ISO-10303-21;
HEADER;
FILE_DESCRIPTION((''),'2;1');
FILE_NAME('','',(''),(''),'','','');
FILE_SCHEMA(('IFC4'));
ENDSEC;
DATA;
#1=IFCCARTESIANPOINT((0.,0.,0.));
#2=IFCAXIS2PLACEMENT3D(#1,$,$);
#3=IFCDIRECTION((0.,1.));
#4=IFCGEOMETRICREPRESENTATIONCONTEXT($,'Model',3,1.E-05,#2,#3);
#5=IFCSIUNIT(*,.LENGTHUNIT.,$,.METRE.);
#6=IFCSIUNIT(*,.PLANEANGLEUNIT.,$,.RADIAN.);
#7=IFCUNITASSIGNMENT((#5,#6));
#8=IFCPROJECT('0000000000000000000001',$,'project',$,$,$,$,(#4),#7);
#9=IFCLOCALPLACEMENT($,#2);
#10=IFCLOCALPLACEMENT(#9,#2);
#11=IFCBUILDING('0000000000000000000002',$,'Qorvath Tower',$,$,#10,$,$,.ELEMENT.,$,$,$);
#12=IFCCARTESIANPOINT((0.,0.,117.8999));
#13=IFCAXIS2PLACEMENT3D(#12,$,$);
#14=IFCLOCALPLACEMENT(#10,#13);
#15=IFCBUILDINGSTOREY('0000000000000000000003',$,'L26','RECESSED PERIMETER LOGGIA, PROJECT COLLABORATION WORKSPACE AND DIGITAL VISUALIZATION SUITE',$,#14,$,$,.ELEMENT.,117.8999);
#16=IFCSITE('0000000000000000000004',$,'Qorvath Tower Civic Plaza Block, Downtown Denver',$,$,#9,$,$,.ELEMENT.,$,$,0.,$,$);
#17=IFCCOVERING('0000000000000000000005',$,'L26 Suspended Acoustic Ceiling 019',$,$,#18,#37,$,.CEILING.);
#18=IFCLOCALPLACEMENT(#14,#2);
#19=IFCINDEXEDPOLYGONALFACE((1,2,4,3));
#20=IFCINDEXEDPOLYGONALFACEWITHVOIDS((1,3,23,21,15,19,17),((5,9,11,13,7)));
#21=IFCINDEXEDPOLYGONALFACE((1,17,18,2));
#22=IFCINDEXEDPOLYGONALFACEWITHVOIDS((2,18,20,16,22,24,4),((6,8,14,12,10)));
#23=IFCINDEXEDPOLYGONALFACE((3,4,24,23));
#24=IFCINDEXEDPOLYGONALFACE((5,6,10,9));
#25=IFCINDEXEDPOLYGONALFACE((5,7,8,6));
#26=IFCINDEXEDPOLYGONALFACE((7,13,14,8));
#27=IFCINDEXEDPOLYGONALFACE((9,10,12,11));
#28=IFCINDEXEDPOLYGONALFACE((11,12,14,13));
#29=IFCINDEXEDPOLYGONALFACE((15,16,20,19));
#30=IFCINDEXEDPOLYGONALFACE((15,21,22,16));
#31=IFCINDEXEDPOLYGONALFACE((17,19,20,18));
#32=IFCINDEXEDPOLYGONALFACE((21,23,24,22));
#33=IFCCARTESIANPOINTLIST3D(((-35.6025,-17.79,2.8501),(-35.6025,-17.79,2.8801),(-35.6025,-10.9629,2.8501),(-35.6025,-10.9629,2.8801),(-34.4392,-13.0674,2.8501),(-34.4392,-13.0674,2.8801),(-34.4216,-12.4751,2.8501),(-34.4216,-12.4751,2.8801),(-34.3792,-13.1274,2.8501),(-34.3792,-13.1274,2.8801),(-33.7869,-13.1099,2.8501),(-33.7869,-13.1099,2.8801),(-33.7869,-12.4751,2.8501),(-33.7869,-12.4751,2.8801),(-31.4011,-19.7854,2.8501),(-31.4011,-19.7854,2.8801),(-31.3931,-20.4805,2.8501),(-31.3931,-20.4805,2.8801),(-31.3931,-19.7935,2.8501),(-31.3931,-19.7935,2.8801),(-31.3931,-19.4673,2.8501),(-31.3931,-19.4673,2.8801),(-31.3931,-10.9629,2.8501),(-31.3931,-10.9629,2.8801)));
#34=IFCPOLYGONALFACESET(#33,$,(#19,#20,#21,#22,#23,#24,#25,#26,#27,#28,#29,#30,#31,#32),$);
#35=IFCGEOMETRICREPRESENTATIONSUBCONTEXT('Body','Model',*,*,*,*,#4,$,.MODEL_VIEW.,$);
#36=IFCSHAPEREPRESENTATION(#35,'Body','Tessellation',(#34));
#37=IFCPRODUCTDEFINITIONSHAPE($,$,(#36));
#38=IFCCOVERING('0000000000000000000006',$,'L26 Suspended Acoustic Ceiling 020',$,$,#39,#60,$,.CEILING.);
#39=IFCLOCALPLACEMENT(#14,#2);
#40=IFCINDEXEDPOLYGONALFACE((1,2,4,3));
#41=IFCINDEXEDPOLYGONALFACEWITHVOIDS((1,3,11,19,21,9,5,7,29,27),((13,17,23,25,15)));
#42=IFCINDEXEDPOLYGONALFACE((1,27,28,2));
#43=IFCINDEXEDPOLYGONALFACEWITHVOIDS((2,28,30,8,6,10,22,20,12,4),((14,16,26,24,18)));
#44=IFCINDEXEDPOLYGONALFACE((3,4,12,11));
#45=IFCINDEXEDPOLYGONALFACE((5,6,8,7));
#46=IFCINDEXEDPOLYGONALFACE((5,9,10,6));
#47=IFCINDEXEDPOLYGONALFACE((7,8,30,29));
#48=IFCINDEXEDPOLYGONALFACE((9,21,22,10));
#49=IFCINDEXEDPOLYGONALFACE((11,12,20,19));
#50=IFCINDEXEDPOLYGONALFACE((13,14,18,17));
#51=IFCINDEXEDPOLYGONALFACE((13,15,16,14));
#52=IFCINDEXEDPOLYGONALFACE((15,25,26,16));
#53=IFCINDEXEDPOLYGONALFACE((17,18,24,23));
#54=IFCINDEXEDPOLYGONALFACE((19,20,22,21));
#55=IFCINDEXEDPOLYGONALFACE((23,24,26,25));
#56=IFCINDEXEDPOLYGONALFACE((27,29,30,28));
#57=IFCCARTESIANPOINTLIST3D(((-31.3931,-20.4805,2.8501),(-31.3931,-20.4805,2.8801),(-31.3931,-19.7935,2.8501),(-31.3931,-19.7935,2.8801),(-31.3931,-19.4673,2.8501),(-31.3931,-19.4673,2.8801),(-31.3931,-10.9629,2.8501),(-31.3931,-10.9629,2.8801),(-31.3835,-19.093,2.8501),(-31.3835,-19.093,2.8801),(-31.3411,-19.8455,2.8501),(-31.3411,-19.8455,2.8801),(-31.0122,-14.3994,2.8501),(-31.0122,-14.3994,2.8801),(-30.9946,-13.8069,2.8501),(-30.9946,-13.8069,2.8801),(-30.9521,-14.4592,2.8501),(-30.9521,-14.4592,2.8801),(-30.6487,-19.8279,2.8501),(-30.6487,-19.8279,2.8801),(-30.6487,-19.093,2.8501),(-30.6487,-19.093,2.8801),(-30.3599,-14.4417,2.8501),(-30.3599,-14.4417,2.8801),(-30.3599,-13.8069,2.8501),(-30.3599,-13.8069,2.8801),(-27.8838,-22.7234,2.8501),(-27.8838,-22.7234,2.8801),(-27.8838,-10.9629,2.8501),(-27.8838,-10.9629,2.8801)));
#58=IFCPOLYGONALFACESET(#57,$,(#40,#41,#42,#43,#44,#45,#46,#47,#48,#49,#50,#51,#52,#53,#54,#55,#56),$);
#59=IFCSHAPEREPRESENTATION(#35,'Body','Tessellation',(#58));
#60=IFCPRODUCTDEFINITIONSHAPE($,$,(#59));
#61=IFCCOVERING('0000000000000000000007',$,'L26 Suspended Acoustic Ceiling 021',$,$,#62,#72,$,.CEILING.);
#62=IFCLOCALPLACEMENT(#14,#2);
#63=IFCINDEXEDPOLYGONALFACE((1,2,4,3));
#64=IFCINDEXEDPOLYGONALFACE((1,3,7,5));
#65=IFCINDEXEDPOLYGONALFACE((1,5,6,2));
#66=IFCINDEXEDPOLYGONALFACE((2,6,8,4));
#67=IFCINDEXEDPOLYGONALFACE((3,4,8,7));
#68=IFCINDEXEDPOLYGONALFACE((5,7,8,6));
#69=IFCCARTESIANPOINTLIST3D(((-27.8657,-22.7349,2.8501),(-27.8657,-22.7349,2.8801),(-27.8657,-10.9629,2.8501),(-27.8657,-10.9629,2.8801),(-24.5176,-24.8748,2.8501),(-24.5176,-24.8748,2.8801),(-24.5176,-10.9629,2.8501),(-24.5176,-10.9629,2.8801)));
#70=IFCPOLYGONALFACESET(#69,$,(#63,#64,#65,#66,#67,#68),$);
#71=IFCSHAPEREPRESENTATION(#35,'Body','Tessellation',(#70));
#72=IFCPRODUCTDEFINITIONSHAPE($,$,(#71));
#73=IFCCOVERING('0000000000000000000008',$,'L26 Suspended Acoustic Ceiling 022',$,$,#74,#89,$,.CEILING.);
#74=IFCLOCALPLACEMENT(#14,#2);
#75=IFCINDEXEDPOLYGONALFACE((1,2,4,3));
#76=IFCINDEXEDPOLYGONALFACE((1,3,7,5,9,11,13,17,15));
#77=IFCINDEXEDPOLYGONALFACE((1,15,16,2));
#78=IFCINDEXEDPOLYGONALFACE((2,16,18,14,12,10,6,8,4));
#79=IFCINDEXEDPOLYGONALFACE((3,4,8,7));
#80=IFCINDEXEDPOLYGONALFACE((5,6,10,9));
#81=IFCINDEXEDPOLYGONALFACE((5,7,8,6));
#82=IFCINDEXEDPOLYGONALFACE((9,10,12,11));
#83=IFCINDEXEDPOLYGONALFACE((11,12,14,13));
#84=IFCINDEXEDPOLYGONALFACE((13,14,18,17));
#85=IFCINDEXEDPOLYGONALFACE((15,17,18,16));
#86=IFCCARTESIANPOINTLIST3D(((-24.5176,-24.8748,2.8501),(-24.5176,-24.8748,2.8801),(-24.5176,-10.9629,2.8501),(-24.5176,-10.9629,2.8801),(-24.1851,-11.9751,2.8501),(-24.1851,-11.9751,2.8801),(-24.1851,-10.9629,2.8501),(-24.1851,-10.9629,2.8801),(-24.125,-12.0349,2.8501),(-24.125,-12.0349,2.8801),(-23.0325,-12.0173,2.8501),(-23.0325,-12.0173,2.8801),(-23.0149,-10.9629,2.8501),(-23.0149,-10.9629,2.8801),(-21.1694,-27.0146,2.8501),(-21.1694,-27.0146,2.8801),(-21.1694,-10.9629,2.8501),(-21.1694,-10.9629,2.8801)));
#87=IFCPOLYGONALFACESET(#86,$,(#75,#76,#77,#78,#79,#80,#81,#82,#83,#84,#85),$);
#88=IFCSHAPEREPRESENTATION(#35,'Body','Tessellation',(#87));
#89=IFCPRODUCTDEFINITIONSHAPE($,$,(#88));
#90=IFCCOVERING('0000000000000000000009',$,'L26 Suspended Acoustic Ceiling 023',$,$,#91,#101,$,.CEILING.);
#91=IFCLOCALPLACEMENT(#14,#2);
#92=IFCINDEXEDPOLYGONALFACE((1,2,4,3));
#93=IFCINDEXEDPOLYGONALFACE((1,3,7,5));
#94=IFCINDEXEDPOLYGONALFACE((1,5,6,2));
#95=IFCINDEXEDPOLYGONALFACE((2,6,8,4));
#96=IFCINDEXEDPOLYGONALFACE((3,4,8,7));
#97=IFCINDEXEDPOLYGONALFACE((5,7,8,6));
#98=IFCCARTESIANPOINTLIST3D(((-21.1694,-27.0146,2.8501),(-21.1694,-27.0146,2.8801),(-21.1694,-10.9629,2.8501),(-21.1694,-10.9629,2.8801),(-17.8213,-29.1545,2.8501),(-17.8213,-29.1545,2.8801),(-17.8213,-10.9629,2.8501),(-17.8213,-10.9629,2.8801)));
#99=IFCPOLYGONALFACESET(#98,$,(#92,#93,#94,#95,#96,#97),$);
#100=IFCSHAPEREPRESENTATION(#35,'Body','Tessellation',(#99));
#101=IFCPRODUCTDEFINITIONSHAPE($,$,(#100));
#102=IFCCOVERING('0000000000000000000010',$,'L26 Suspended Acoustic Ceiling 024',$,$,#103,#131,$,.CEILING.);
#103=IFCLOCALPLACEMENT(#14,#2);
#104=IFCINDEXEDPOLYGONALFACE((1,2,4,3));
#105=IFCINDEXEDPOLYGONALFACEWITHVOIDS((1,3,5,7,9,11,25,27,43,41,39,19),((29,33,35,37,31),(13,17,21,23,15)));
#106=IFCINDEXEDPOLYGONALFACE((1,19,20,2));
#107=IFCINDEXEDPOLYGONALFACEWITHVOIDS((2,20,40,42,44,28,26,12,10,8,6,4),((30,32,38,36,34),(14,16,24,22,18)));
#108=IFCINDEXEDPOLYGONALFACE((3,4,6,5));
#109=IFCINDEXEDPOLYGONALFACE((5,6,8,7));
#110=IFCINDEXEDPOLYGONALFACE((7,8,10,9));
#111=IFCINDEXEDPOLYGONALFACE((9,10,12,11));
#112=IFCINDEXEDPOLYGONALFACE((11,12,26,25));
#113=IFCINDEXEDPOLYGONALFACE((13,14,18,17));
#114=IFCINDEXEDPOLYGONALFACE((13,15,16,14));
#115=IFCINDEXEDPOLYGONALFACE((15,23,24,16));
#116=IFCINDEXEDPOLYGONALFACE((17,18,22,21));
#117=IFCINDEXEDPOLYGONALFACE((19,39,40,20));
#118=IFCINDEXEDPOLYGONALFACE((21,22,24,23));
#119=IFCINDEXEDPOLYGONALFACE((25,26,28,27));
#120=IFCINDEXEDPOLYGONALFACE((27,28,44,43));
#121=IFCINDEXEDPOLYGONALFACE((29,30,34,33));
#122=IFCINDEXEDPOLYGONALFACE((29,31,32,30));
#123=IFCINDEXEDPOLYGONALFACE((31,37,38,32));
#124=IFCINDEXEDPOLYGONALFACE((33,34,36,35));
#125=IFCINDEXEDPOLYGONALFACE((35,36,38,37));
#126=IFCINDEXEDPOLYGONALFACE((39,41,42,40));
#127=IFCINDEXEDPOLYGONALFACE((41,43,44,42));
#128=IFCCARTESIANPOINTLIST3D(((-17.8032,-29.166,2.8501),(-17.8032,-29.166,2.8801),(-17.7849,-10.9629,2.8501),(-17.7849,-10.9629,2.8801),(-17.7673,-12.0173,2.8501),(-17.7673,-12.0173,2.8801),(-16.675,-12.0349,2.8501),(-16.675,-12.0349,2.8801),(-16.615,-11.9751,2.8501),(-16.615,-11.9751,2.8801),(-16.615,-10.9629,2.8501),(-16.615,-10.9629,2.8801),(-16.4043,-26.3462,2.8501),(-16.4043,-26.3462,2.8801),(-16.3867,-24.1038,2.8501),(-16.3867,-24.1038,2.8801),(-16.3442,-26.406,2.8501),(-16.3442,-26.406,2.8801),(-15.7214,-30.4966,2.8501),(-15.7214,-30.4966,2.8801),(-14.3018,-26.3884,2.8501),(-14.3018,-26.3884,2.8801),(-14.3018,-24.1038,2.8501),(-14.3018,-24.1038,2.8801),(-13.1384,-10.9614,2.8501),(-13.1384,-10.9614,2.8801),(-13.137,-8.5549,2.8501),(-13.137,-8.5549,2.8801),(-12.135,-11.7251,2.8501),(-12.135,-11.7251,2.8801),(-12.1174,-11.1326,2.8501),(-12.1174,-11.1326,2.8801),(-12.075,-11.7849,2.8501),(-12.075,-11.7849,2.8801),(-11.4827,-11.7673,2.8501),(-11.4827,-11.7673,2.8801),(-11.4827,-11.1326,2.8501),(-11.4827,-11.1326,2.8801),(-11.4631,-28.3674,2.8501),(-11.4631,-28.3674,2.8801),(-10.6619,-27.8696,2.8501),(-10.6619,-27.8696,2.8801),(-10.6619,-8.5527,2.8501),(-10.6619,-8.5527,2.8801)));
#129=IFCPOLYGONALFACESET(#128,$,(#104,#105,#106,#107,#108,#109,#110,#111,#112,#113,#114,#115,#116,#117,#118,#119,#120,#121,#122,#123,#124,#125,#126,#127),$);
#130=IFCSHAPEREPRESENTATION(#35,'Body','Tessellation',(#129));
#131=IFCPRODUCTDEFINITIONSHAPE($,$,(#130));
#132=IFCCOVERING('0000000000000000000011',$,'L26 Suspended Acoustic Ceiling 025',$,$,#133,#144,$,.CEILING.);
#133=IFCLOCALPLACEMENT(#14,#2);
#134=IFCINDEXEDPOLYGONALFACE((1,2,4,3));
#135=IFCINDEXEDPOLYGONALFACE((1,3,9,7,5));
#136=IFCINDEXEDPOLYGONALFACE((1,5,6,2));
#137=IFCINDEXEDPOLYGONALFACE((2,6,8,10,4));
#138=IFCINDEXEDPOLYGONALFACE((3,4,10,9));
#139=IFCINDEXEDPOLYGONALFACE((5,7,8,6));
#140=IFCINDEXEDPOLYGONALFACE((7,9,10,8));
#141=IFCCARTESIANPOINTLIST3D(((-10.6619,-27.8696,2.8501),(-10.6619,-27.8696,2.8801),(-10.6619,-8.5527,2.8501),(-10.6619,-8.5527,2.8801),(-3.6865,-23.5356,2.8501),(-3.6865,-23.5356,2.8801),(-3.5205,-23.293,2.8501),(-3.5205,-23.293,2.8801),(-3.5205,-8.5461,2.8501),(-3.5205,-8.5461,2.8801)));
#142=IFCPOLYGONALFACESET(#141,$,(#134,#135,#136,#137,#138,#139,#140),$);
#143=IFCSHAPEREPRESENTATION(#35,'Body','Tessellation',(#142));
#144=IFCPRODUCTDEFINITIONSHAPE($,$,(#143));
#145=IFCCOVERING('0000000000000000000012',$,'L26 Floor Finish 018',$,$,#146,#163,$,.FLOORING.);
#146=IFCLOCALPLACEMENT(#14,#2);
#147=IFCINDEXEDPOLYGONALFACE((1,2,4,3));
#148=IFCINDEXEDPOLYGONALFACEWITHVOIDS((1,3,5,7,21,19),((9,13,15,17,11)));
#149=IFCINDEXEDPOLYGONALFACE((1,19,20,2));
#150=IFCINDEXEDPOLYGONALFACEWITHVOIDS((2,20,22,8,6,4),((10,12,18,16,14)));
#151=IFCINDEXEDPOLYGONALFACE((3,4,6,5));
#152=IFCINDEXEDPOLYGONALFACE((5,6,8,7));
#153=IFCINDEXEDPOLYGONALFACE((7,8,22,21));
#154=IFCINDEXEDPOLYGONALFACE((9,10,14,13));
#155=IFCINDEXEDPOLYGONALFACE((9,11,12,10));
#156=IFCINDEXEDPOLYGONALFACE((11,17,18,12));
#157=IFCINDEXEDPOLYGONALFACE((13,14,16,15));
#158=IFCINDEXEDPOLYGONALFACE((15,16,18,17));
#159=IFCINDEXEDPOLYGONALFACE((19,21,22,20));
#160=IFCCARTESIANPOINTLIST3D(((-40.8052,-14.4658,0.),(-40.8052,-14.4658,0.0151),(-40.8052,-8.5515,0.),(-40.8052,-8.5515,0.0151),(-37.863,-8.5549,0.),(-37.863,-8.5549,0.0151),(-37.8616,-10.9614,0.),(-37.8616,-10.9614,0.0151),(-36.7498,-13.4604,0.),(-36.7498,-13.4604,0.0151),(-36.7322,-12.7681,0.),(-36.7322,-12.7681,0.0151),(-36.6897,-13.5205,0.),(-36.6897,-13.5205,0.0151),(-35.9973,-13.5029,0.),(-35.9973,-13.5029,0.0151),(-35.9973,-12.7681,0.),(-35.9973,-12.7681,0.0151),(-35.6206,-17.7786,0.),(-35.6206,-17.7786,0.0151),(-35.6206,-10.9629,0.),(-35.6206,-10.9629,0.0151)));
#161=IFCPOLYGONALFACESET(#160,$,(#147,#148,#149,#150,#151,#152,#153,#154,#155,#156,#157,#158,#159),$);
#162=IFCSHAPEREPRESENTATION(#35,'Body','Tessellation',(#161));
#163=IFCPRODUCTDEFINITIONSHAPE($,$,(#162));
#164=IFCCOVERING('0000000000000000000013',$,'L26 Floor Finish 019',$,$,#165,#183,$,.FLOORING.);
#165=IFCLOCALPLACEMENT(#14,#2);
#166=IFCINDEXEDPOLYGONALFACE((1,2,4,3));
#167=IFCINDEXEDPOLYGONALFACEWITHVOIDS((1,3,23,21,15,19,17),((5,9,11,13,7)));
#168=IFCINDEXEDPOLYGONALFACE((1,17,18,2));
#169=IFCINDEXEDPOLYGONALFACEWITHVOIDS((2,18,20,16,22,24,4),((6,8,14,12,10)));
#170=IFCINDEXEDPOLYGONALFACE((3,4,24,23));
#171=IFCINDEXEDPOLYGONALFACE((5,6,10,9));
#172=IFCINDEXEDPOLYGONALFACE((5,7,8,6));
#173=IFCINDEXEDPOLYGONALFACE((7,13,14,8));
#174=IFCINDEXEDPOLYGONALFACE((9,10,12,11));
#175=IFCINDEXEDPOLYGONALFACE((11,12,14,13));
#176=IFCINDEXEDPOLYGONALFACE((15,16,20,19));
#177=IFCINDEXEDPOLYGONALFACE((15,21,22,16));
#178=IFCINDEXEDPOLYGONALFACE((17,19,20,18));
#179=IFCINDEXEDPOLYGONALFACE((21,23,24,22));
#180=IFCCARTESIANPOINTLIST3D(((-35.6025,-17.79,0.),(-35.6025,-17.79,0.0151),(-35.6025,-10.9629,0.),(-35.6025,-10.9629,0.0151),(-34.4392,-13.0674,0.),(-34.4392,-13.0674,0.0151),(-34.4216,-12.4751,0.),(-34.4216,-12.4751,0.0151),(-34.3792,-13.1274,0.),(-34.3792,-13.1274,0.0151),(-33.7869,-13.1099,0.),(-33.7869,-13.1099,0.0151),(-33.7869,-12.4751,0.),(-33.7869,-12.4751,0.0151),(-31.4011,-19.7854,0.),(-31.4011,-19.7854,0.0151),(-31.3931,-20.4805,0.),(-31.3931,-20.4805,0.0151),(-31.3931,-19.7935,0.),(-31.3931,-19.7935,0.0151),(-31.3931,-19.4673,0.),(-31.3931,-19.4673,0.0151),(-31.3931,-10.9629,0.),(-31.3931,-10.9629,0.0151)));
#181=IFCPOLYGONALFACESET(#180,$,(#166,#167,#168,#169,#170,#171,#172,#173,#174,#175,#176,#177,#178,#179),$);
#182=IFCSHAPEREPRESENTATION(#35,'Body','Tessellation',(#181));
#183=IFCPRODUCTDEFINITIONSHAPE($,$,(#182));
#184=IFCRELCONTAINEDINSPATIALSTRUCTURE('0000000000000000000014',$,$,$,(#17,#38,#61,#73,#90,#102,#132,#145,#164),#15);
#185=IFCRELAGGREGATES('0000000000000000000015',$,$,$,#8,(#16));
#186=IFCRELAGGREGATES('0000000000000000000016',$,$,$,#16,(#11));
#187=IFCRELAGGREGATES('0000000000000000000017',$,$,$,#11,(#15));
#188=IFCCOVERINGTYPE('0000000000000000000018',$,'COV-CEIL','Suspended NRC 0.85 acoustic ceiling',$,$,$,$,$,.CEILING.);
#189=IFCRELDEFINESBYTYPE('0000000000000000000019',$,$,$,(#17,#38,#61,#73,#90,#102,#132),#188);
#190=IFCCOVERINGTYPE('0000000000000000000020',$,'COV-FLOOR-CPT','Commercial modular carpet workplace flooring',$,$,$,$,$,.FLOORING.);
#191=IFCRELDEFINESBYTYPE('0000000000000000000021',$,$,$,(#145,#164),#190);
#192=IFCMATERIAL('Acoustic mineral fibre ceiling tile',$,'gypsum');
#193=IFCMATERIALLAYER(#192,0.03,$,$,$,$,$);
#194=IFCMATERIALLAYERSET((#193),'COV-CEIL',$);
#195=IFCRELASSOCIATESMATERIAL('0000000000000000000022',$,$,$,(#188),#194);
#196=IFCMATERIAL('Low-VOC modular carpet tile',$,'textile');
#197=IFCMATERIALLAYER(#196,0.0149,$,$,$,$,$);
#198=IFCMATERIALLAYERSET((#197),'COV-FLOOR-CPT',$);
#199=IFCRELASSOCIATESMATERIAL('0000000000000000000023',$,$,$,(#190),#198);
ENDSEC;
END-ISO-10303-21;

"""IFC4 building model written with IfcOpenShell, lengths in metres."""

from ifc_helpers import new_model, si_unit, direction, frame, origin, place, context, subcontext, project, spatial, polyline, outline, extrude, material, layer, layer_set, type_object, element, save


model = new_model("IFC4")

# Units and contexts
model_context = context("Model", 3, precision=1e-05, world=origin(), true_north=direction((0.0, 1.0)))
body_context = subcontext(model_context, "Body", "Model", "MODEL_VIEW")
ifc_project = project(units=[si_unit("LENGTHUNIT", "METRE"), si_unit("PLANEANGLEUNIT", "RADIAN")], contexts=[model_context])

# Site, building, storey
site_placement = place(None, origin())
site = spatial("IfcSite", under=ifc_project, at=site_placement, Name="Qorvath Tower Civic Plaza Block, Downtown Denver", CompositionType="ELEMENT", RefElevation=0.0)
building_placement = place(site_placement, origin())
building = spatial("IfcBuilding", under=site, at=building_placement, Name="Qorvath Tower", CompositionType="ELEMENT")
storey_placement = place(building_placement, frame((0.0, 0.0, 117.8999)))
storey = spatial("IfcBuildingStorey", under=building, at=storey_placement, Name="L26", Description="RECESSED PERIMETER LOGGIA, PROJECT COLLABORATION WORKSPACE AND DIGITAL VISUALIZATION SUITE", CompositionType="ELEMENT", Elevation=117.8999)

# Coverings
ifc_material_1 = material(Name="Acoustic mineral fibre ceiling tile", Category="gypsum")
ifc_layer_1 = layer(ifc_material_1, 0.03)
ifc_layer_set_1 = layer_set([ifc_layer_1], Name="COV-CEIL")
covering_type_1 = type_object("IfcCoveringType", Name="COV-CEIL", Description="Suspended NRC 0.85 acoustic ceiling", PredefinedType="CEILING", material=ifc_layer_set_1)
covering_1_placement = place(storey_placement, frame((0.0, 0.0, 2.8501)))
element("IfcCovering", 1, at=covering_1_placement, inside=storey, type_object=covering_type_1, Name="L26 Suspended Acoustic Ceiling 019", PredefinedType="CEILING", context=body_context, shape_type="SweptSolid", body=[
    extrude(outline(polyline([(-35.6025, -10.9629), (-35.6025, -17.79), (-31.3931, -20.4805), (-31.3931, -19.7935), (-31.4011, -19.7854), (-31.3931, -19.4673), (-31.3931, -10.9629), (-35.6025, -10.9629)]), holes=[polyline([(-34.4392, -13.0674), (-34.4216, -12.4751), (-33.7869, -12.4751), (-33.7869, -13.1099), (-34.3792, -13.1274), (-34.4392, -13.0674)])]), origin(), (0.0, 0.0, 1.0), 0.03),
])
covering_2_placement = place(storey_placement, frame((0.0, 0.0, 2.8501)))
element("IfcCovering", 2, at=covering_2_placement, inside=storey, type_object=covering_type_1, Name="L26 Suspended Acoustic Ceiling 020", PredefinedType="CEILING", context=body_context, shape_type="SweptSolid", body=[
    extrude(outline(polyline([(-31.3931, -10.9629), (-31.3931, -19.4673), (-31.3835, -19.093), (-30.6487, -19.093), (-30.6487, -19.8279), (-31.3411, -19.8455), (-31.3931, -19.7935), (-31.3931, -20.4805), (-27.8838, -22.7234), (-27.8838, -10.9629), (-31.3931, -10.9629)]), holes=[polyline([(-31.0122, -14.3994), (-30.9946, -13.8069), (-30.3599, -13.8069), (-30.3599, -14.4417), (-30.9521, -14.4592), (-31.0122, -14.3994)])]), origin(), (0.0, 0.0, 1.0), 0.03),
])
covering_3_placement = place(storey_placement, frame((0.0, 0.0, 2.8501)))
element("IfcCovering", 3, at=covering_3_placement, inside=storey, type_object=covering_type_1, Name="L26 Suspended Acoustic Ceiling 021", PredefinedType="CEILING", context=body_context, shape_type="SweptSolid", body=[
    extrude(outline(polyline([(-24.5176, -24.8748), (-24.5176, -10.9629), (-27.8657, -10.9629), (-27.8657, -22.7349), (-24.5176, -24.8748)])), origin(), (0.0, 0.0, 1.0), 0.03),
])
covering_4_placement = place(storey_placement, frame((0.0, 0.0, 2.8501)))
element("IfcCovering", 4, at=covering_4_placement, inside=storey, type_object=covering_type_1, Name="L26 Suspended Acoustic Ceiling 022", PredefinedType="CEILING", context=body_context, shape_type="SweptSolid", body=[
    extrude(outline(polyline([(-21.1694, -27.0146), (-21.1694, -10.9629), (-23.0149, -10.9629), (-23.0325, -12.0173), (-24.125, -12.0349), (-24.1851, -11.9751), (-24.1851, -10.9629), (-24.5176, -10.9629), (-24.5176, -24.8748), (-21.1694, -27.0146)])), origin(), (0.0, 0.0, 1.0), 0.03),
])
covering_5_placement = place(storey_placement, frame((0.0, 0.0, 2.8501)))
element("IfcCovering", 5, at=covering_5_placement, inside=storey, type_object=covering_type_1, Name="L26 Suspended Acoustic Ceiling 023", PredefinedType="CEILING", context=body_context, shape_type="SweptSolid", body=[
    extrude(outline(polyline([(-17.8213, -29.1545), (-17.8213, -10.9629), (-21.1694, -10.9629), (-21.1694, -27.0146), (-17.8213, -29.1545)])), origin(), (0.0, 0.0, 1.0), 0.03),
])
covering_6_placement = place(storey_placement, frame((0.0, 0.0, 2.8501)))
element("IfcCovering", 6, at=covering_6_placement, inside=storey, type_object=covering_type_1, Name="L26 Suspended Acoustic Ceiling 024", PredefinedType="CEILING", context=body_context, shape_type="SweptSolid", body=[
    extrude(outline(polyline([(-17.7849, -10.9629), (-17.8032, -29.166), (-15.7214, -30.4966), (-11.4631, -28.3674), (-10.6619, -27.8696), (-10.6619, -8.5527), (-13.137, -8.5549), (-13.1384, -10.9614), (-16.615, -10.9629), (-16.615, -11.9751), (-16.675, -12.0349), (-17.7673, -12.0173), (-17.7849, -10.9629)]), holes=[polyline([(-12.135, -11.7251), (-12.1174, -11.1326), (-11.4827, -11.1326), (-11.4827, -11.7673), (-12.075, -11.7849), (-12.135, -11.7251)]), polyline([(-16.4043, -26.3462), (-16.3867, -24.1038), (-14.3018, -24.1038), (-14.3018, -26.3884), (-16.3442, -26.406), (-16.4043, -26.3462)])]), origin(), (0.0, 0.0, 1.0), 0.03),
])
covering_7_placement = place(storey_placement, frame((0.0, 0.0, 2.8501)))
element("IfcCovering", 7, at=covering_7_placement, inside=storey, type_object=covering_type_1, Name="L26 Suspended Acoustic Ceiling 025", PredefinedType="CEILING", context=body_context, shape_type="SweptSolid", body=[
    extrude(outline(polyline([(-10.6619, -8.5527), (-10.6619, -27.8696), (-3.6865, -23.5356), (-3.5205, -23.293), (-3.5205, -8.5461), (-10.6619, -8.5527)])), origin(), (0.0, 0.0, 1.0), 0.03),
])
ifc_material_2 = material(Name="Low-VOC modular carpet tile", Category="textile")
ifc_layer_2 = layer(ifc_material_2, 0.0149)
ifc_layer_set_2 = layer_set([ifc_layer_2], Name="COV-FLOOR-CPT")
covering_type_2 = type_object("IfcCoveringType", Name="COV-FLOOR-CPT", Description="Commercial modular carpet workplace flooring", PredefinedType="FLOORING", material=ifc_layer_set_2)
covering_8_placement = place(storey_placement, origin())
element("IfcCovering", 8, at=covering_8_placement, inside=storey, type_object=covering_type_2, Name="L26 Floor Finish 018", PredefinedType="FLOORING", context=body_context, shape_type="SweptSolid", body=[
    extrude(outline(polyline([(-40.8052, -8.5515), (-40.8052, -14.4658), (-35.6206, -17.7786), (-35.6206, -10.9629), (-37.8616, -10.9614), (-37.863, -8.5549), (-40.8052, -8.5515)]), holes=[polyline([(-36.7498, -13.4604), (-36.7322, -12.7681), (-35.9973, -12.7681), (-35.9973, -13.5029), (-36.6897, -13.5205), (-36.7498, -13.4604)])]), origin(), (0.0, 0.0, 1.0), 0.0151),
])
covering_9_placement = place(storey_placement, origin())
element("IfcCovering", 9, at=covering_9_placement, inside=storey, type_object=covering_type_2, Name="L26 Floor Finish 019", PredefinedType="FLOORING", context=body_context, shape_type="SweptSolid", body=[
    extrude(outline(polyline([(-35.6025, -10.9629), (-35.6025, -17.79), (-31.3931, -20.4805), (-31.3931, -19.7935), (-31.4011, -19.7854), (-31.3931, -19.4673), (-31.3931, -10.9629), (-35.6025, -10.9629)]), holes=[polyline([(-34.4392, -13.0674), (-34.4216, -12.4751), (-33.7869, -12.4751), (-33.7869, -13.1099), (-34.3792, -13.1274), (-34.4392, -13.0674)])]), origin(), (0.0, 0.0, 1.0), 0.0151),
])

save(model, "model.ifc")
